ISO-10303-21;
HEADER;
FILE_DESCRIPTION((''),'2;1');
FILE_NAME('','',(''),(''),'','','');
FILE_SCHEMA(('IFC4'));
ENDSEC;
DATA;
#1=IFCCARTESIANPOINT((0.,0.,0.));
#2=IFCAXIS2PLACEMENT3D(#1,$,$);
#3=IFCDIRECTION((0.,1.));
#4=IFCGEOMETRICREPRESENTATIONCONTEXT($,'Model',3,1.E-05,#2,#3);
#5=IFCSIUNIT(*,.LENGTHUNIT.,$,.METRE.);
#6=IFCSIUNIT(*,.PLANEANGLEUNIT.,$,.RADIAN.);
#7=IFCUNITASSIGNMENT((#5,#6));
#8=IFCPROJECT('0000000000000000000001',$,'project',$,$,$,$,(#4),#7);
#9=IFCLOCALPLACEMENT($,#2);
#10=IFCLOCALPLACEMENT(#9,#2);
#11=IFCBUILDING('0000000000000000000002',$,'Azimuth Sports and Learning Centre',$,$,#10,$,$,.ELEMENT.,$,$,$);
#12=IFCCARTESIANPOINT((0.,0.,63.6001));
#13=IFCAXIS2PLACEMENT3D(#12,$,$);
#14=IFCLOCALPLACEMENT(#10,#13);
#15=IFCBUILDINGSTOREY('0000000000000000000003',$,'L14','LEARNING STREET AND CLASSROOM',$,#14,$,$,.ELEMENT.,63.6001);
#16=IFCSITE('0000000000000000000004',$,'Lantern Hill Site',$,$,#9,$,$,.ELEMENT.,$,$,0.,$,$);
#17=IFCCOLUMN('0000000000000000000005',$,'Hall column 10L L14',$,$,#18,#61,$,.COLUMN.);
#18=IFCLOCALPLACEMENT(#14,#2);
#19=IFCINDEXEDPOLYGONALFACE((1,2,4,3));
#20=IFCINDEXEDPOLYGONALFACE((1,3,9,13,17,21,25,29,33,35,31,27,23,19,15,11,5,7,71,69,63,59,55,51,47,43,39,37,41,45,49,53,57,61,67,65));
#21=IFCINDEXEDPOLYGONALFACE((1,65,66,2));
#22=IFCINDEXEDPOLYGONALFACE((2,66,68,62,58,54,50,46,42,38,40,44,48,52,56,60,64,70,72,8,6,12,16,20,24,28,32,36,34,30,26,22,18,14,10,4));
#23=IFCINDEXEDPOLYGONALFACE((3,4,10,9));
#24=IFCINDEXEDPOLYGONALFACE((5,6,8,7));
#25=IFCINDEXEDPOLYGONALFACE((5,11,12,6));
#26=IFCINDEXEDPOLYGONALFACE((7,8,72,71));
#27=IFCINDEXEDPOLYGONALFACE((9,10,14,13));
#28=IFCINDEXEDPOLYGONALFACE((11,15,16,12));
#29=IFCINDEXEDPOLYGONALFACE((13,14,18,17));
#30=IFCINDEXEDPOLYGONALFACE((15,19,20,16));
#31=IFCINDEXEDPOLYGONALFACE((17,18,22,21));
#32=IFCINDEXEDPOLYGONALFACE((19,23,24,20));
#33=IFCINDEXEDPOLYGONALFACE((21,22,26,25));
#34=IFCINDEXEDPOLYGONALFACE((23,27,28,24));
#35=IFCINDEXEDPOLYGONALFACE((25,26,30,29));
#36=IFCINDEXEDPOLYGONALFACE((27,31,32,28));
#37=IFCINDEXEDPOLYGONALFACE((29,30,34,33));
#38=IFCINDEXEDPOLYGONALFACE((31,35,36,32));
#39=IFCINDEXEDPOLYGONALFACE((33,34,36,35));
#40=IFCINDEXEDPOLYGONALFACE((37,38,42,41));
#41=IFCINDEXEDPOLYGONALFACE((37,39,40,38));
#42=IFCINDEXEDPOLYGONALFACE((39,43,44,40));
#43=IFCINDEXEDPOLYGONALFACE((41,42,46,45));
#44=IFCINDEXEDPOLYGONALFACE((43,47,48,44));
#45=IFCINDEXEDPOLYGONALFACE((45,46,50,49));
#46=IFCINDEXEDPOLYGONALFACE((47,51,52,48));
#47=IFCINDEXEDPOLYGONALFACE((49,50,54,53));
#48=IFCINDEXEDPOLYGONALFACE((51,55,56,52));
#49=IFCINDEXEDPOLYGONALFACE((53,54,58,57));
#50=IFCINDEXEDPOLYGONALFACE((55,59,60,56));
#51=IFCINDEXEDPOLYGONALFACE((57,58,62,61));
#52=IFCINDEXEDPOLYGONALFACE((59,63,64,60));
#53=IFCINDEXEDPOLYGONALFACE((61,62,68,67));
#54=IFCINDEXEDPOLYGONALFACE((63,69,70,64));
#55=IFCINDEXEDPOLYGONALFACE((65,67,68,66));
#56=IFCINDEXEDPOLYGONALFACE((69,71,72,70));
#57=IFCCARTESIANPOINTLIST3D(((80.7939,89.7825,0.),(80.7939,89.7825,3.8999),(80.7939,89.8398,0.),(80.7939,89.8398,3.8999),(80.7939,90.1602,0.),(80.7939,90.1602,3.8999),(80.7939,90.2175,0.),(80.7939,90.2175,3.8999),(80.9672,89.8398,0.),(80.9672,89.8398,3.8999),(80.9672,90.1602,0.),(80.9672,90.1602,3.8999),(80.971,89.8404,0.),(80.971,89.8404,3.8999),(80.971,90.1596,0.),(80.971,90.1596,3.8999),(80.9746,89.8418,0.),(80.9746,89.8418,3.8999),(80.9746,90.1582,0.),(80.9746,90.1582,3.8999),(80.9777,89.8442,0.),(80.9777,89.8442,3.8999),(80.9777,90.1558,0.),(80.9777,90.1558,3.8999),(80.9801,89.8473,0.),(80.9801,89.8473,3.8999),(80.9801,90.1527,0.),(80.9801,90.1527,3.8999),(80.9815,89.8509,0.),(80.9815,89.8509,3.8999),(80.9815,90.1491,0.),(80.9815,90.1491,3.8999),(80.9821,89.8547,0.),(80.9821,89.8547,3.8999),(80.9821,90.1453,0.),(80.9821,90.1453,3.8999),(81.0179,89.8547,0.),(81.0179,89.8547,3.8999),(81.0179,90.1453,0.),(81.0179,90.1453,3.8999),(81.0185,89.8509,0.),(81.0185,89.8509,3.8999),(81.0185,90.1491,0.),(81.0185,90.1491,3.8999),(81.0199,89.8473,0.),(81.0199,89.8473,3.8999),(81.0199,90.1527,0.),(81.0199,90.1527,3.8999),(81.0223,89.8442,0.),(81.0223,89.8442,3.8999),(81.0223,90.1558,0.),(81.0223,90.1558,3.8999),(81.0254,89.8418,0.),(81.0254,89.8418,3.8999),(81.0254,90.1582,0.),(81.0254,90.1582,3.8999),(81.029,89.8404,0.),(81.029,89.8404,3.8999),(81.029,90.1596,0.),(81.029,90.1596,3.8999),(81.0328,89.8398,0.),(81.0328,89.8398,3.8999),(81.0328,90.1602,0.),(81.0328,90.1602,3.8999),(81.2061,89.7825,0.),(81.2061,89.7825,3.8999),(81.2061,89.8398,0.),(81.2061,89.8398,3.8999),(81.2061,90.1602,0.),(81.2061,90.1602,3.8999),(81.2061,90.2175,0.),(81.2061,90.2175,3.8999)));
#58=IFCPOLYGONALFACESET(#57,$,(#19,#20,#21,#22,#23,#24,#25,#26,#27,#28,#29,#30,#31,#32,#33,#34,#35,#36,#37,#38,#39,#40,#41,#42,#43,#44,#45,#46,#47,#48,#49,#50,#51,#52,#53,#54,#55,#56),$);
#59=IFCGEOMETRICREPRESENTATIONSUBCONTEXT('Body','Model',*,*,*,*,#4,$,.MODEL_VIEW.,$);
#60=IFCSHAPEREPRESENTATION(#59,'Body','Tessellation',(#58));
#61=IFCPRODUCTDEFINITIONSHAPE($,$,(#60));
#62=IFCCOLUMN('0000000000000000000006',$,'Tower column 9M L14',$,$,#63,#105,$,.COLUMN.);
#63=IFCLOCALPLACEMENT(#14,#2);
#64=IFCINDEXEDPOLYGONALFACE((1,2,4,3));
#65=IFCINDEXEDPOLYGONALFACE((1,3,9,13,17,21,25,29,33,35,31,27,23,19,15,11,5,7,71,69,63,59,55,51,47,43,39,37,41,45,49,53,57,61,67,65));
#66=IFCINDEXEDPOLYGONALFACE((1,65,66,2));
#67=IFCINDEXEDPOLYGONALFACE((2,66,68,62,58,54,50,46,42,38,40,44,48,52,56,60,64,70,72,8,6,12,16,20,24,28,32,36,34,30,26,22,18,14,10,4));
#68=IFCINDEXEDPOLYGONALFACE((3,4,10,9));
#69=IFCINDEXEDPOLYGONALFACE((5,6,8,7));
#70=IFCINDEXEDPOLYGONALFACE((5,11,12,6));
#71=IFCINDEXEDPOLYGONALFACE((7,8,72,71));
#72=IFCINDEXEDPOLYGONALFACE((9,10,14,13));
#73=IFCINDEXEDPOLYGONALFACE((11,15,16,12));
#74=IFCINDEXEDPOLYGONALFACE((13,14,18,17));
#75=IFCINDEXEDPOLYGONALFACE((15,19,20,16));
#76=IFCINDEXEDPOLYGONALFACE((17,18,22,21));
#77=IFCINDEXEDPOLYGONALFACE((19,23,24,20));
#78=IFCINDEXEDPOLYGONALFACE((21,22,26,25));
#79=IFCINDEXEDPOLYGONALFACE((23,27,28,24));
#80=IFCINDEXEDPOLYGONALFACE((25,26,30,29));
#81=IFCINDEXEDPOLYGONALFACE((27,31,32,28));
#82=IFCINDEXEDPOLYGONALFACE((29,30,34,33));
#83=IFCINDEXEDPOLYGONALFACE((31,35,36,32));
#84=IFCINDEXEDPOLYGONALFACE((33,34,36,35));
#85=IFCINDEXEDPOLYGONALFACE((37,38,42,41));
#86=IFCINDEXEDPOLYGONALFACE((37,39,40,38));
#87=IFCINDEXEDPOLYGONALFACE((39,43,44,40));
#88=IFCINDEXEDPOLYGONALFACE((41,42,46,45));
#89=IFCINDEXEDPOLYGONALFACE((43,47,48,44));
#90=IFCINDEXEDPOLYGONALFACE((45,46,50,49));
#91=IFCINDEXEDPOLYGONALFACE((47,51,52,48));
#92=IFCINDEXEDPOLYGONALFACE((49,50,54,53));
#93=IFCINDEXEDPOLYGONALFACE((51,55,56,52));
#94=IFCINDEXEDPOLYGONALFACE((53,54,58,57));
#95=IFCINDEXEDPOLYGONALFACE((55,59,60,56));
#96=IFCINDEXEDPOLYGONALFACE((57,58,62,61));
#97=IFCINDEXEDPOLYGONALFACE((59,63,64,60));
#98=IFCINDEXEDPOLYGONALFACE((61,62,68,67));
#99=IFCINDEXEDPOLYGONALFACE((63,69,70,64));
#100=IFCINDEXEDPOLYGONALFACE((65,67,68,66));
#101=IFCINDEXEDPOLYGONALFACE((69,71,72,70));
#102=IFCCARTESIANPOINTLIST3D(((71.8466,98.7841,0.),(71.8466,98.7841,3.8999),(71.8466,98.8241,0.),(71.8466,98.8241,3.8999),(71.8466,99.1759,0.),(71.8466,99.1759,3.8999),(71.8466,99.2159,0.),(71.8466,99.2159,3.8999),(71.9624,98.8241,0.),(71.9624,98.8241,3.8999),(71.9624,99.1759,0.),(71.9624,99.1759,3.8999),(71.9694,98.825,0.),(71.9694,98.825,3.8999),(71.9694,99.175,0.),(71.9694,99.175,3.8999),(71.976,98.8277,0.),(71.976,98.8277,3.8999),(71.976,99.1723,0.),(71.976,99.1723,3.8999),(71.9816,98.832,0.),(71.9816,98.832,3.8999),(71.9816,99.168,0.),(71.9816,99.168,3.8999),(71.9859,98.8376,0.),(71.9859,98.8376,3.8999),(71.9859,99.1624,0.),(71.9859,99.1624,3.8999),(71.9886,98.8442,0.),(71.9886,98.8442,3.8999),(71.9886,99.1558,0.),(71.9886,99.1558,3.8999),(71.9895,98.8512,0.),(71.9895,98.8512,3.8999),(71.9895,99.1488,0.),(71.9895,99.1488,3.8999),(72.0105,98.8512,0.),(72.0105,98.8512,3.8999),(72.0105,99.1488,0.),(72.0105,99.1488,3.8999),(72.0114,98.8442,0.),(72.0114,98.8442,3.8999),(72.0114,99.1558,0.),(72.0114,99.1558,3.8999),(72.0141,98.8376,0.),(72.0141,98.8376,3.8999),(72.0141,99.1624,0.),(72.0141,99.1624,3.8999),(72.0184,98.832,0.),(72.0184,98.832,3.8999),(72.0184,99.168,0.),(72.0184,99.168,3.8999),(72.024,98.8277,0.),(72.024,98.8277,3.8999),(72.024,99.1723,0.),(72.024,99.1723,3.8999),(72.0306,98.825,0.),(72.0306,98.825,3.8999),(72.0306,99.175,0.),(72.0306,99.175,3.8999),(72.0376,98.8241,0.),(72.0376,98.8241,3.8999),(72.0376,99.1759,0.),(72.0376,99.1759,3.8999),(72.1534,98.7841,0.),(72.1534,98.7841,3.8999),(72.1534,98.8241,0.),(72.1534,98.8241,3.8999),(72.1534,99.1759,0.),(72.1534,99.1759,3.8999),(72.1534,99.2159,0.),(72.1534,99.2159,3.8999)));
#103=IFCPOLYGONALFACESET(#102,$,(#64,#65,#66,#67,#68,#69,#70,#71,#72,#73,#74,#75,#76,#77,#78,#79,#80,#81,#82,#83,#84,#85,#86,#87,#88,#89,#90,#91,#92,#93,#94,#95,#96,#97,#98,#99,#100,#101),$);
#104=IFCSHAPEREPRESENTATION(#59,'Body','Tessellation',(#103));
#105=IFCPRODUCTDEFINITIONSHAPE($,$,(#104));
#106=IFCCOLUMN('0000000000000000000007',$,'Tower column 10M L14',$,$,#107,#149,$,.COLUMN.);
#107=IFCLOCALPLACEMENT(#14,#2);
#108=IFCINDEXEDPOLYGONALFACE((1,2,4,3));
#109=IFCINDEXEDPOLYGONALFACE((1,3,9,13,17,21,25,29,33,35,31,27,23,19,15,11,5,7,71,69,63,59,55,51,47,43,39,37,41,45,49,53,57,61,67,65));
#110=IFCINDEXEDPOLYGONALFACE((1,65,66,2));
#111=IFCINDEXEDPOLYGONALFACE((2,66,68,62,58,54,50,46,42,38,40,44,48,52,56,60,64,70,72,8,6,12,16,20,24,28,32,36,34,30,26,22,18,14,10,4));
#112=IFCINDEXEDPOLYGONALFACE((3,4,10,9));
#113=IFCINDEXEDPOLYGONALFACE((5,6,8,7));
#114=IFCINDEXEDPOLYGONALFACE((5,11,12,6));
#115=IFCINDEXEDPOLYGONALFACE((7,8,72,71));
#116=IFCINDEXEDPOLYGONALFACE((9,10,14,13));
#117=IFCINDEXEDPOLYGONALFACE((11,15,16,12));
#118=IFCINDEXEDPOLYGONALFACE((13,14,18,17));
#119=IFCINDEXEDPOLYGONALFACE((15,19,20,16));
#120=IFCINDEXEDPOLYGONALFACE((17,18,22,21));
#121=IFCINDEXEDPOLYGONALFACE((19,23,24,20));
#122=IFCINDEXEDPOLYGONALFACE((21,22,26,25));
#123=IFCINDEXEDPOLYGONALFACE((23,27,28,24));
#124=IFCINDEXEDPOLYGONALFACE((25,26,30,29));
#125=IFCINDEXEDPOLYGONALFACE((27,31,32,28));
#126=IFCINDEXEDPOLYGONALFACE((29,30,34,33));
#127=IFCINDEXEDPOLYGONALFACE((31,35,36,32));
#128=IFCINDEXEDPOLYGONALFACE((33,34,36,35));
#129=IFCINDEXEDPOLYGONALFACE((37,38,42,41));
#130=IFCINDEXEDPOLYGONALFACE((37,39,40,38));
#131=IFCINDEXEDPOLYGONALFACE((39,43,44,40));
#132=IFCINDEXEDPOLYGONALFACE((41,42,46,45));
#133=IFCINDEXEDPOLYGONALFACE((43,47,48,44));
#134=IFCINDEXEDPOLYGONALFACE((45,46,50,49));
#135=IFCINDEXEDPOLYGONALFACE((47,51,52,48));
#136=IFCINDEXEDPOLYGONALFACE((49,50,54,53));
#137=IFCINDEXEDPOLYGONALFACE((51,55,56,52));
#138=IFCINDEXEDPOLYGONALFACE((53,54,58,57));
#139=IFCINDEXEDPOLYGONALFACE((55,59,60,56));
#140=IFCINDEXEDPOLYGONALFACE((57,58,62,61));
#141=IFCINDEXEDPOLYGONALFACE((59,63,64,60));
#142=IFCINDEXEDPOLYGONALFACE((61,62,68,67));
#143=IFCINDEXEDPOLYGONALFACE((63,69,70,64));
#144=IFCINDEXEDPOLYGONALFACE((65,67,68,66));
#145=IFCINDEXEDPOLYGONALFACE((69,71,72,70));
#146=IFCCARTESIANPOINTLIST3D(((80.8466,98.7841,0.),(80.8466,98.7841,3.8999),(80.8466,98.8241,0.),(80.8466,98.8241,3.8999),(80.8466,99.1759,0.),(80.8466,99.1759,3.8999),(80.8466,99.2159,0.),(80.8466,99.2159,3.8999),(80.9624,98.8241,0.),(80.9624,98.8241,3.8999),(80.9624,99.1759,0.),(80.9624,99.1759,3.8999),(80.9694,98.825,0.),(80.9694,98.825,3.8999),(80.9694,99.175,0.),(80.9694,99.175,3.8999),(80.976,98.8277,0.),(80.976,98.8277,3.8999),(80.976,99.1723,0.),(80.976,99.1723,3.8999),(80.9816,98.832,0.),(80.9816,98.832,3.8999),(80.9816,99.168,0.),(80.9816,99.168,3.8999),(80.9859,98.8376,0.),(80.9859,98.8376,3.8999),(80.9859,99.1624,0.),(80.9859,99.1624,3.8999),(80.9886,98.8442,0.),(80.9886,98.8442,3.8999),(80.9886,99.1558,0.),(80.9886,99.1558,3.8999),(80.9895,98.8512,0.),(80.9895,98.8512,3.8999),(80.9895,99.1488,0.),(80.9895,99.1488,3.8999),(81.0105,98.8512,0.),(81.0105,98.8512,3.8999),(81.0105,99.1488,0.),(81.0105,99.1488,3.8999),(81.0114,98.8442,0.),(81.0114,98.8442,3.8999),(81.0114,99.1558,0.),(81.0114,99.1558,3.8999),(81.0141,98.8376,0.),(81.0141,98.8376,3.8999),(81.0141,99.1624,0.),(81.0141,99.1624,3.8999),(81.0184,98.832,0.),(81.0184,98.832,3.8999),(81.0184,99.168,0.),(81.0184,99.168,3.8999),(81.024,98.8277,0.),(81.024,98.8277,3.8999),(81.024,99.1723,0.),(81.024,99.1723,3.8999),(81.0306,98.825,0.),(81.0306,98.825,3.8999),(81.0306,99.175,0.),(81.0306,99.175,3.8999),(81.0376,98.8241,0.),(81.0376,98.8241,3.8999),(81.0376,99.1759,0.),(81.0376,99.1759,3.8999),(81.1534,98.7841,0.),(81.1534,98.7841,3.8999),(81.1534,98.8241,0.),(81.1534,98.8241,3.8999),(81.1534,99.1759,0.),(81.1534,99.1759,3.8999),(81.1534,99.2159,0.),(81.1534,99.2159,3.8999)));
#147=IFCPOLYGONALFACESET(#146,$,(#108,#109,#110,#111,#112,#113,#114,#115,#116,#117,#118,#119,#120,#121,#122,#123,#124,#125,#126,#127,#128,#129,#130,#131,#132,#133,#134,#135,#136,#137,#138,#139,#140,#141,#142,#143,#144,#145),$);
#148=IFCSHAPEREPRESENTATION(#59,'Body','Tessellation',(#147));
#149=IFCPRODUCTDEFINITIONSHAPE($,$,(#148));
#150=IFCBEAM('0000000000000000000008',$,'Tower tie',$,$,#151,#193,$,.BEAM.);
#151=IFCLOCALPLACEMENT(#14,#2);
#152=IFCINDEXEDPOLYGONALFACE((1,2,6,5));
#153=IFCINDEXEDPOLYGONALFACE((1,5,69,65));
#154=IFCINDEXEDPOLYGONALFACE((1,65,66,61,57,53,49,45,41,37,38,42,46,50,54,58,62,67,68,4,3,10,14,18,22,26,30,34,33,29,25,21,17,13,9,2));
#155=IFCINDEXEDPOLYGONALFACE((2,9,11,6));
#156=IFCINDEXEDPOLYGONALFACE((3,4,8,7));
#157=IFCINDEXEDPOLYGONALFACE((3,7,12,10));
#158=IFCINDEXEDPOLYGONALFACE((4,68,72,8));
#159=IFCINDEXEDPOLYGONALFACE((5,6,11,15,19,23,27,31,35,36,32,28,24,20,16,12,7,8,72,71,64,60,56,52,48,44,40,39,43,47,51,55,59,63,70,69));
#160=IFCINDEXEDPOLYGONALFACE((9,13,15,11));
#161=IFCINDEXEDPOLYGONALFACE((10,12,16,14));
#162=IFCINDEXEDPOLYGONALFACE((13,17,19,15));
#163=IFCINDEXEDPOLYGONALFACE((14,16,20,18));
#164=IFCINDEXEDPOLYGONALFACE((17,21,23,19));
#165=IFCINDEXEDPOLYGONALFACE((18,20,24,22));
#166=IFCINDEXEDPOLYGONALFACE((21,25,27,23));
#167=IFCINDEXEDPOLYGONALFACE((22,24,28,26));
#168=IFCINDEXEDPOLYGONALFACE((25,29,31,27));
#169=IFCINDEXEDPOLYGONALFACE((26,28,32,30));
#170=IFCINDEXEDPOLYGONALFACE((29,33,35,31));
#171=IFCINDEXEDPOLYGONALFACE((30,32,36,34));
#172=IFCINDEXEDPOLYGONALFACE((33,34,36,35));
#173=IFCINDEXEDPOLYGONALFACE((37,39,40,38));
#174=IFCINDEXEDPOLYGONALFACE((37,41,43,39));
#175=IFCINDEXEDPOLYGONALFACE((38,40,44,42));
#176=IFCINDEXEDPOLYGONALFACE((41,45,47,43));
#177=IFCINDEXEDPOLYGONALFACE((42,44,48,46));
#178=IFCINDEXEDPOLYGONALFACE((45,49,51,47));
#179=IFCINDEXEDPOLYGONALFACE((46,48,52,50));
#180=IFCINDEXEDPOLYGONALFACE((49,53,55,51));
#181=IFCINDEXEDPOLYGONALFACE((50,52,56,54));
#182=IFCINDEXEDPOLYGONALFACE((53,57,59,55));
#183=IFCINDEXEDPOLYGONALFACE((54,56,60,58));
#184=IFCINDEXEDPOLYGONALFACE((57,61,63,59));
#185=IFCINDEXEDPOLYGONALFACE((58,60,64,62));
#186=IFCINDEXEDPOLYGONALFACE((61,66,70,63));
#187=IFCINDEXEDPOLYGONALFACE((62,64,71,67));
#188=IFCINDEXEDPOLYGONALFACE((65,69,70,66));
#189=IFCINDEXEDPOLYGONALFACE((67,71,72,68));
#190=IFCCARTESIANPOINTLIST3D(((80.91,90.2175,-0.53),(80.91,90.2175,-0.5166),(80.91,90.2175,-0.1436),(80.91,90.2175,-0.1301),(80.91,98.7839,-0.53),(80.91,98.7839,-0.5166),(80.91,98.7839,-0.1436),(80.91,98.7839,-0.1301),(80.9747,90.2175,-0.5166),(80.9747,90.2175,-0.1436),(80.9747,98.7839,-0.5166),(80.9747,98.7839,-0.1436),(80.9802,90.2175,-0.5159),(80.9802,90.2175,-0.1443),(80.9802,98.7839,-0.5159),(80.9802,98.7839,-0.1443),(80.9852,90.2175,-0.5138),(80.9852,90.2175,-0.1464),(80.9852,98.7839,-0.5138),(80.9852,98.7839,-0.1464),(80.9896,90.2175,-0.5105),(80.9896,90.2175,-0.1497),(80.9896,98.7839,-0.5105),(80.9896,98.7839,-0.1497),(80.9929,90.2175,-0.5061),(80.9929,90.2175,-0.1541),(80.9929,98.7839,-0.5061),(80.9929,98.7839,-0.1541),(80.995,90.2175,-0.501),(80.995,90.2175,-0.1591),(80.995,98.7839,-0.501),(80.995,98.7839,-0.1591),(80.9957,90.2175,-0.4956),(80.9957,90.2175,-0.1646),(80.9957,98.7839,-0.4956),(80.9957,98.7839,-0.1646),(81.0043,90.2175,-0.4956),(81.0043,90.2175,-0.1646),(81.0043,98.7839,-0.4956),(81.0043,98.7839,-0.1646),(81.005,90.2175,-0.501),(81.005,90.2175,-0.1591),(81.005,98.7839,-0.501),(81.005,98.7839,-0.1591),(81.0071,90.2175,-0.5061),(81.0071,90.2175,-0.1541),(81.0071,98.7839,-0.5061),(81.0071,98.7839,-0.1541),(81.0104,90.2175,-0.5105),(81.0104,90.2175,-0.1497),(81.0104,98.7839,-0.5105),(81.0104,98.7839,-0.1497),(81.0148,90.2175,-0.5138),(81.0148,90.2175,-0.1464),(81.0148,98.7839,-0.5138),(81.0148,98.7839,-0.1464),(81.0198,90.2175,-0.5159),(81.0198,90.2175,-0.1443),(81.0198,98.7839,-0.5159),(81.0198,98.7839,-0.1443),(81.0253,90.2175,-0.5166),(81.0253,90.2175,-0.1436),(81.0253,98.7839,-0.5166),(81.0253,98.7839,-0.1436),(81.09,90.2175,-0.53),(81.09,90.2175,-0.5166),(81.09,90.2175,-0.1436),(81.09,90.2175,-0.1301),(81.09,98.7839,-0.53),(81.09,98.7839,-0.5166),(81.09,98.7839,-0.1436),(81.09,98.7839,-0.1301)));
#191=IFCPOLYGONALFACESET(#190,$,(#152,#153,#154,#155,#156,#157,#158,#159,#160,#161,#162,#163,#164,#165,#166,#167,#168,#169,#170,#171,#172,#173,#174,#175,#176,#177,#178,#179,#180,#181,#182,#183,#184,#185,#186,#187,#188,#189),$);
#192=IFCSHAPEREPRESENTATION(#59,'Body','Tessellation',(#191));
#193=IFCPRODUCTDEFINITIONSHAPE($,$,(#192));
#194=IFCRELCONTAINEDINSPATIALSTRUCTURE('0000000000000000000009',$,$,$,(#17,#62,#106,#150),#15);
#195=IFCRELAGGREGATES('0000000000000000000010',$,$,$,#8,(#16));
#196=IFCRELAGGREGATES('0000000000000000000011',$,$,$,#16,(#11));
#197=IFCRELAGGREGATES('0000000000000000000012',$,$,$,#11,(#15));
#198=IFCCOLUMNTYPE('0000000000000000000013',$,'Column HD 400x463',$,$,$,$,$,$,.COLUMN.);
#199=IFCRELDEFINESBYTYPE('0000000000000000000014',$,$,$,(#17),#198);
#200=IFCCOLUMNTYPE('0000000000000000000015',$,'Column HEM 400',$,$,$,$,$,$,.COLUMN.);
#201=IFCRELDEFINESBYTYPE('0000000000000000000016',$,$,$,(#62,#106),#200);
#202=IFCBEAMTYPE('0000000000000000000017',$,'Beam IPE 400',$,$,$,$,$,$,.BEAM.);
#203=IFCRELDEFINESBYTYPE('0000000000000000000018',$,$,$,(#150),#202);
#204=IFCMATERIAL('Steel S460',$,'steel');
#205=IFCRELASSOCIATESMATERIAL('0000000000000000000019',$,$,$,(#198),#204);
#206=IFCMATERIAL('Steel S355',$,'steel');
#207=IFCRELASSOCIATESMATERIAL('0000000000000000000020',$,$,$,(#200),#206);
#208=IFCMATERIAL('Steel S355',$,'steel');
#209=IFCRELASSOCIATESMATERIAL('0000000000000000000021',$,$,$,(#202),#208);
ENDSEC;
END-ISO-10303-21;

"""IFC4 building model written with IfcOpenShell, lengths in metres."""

from ifc_helpers import new_model, si_unit, direction, frame, origin, origin_2d, place, context, subcontext, project, spatial, i_section, extrude, material, material_profile, profile_set, type_object, element, save


model = new_model("IFC4")

# Units and contexts
model_context = context("Model", 3, precision=1e-05, world=origin(), true_north=direction((0.0, 1.0)))
body_context = subcontext(model_context, "Body", "Model", "MODEL_VIEW")
ifc_project = project(units=[si_unit("LENGTHUNIT", "METRE"), si_unit("PLANEANGLEUNIT", "RADIAN")], contexts=[model_context])

# Site, building, storey
site_placement = place(None, origin())
site = spatial("IfcSite", under=ifc_project, at=site_placement, Name="Lantern Hill Site", CompositionType="ELEMENT", RefElevation=0.0)
building_placement = place(site_placement, origin())
building = spatial("IfcBuilding", under=site, at=building_placement, Name="Azimuth Sports and Learning Centre", CompositionType="ELEMENT")
storey_placement = place(building_placement, frame((0.0, 0.0, 63.6001)))
storey = spatial("IfcBuildingStorey", under=building, at=storey_placement, Name="L14", Description="LEARNING STREET AND CLASSROOM", CompositionType="ELEMENT", Elevation=63.6001)

# Columns
ifc_material_1 = material(Name="Steel S460", Category="steel")
ifc_material_profile_1 = material_profile(ifc_material_1, i_section(OverallWidth=0.4121, OverallDepth=0.4351, WebThickness=0.0359, FlangeThickness=0.0574, FilletRadius=0.0149, at=origin_2d()), Name="HD 400x463")
ifc_profile_set_1 = profile_set([ifc_material_profile_1], Name="Steel S460")
column_type_1 = type_object("IfcColumnType", Name="Column HD 400x463", PredefinedType="COLUMN", material=ifc_profile_set_1)
column_placement = place(storey_placement, frame((81.0, 90.0, 0.0), z_axis=(0.0, 0.0, 1.0), x_axis=(1.0, 0.0, 0.0)))
element("IfcColumn", 1, at=column_placement, inside=storey, type_object=column_type_1, Name="Hall column 10L L14", PredefinedType="COLUMN", context=body_context, shape_type="SweptSolid", body=[
    extrude(i_section(OverallWidth=0.4121, OverallDepth=0.4351, WebThickness=0.0359, FlangeThickness=0.0574, FilletRadius=0.0149, at=origin_2d()), origin(), (0.0, 0.0, 1.0), 3.8999),
])
ifc_material_2 = material(Name="Steel S355", Category="steel")
ifc_material_profile_2 = material_profile(ifc_material_2, i_section(OverallWidth=0.3069, OverallDepth=0.4319, WebThickness=0.021, FlangeThickness=0.04, FilletRadius=0.0271, at=origin_2d()), Name="HEM 400")
ifc_profile_set_2 = profile_set([ifc_material_profile_2], Name="Steel S355")
column_type_2 = type_object("IfcColumnType", Name="Column HEM 400", PredefinedType="COLUMN", material=ifc_profile_set_2)
for number, where, z_axis, x_axis, name in (
    (2, (72.0, 99.0, 0.0), (0.0, 0.0, 1.0), (1.0, 0.0, 0.0), "Tower column 9M L14"),
    (3, (81.0, 99.0, 0.0), (0.0, 0.0, 1.0), (1.0, 0.0, 0.0), "Tower column 10M L14"),
):
    element("IfcColumn", number, at=place(storey_placement, frame(where, z_axis=z_axis, x_axis=x_axis)), inside=storey, type_object=column_type_2, Name=name, PredefinedType="COLUMN", context=body_context, shape_type="SweptSolid", body=[
        extrude(i_section(OverallWidth=0.3069, OverallDepth=0.4319, WebThickness=0.021, FlangeThickness=0.04, FilletRadius=0.0271, at=origin_2d()), origin(), (0.0, 0.0, 1.0), 3.8999),
    ])

# Beam
ifc_material_3 = material(Name="Steel S355", Category="steel")
ifc_material_profile_3 = material_profile(ifc_material_3, i_section(OverallWidth=0.1799, OverallDepth=0.3999, WebThickness=0.0085, FlangeThickness=0.0134, FilletRadius=0.021, at=origin_2d()), Name="IPE 400")
ifc_profile_set_3 = profile_set([ifc_material_profile_3], Name="Steel S355")
beam_type_1 = type_object("IfcBeamType", Name="Beam IPE 400", PredefinedType="BEAM", material=ifc_profile_set_3)
beam_1_placement = place(storey_placement, frame((81.0, 90.2175, -0.3301), z_axis=(0.0, 1.0, 0.0), x_axis=(-1.0, 0.0, 0.0)))
element("IfcBeam", 4, at=beam_1_placement, inside=storey, type_object=beam_type_1, Name="Tower tie", PredefinedType="BEAM", context=body_context, shape_type="SweptSolid", body=[
    extrude(i_section(OverallWidth=0.1799, OverallDepth=0.3999, WebThickness=0.0085, FlangeThickness=0.0134, FilletRadius=0.021, at=origin_2d()), origin(), (0.0, 0.0, 1.0), 8.5664),
])

save(model, "model.ifc")
